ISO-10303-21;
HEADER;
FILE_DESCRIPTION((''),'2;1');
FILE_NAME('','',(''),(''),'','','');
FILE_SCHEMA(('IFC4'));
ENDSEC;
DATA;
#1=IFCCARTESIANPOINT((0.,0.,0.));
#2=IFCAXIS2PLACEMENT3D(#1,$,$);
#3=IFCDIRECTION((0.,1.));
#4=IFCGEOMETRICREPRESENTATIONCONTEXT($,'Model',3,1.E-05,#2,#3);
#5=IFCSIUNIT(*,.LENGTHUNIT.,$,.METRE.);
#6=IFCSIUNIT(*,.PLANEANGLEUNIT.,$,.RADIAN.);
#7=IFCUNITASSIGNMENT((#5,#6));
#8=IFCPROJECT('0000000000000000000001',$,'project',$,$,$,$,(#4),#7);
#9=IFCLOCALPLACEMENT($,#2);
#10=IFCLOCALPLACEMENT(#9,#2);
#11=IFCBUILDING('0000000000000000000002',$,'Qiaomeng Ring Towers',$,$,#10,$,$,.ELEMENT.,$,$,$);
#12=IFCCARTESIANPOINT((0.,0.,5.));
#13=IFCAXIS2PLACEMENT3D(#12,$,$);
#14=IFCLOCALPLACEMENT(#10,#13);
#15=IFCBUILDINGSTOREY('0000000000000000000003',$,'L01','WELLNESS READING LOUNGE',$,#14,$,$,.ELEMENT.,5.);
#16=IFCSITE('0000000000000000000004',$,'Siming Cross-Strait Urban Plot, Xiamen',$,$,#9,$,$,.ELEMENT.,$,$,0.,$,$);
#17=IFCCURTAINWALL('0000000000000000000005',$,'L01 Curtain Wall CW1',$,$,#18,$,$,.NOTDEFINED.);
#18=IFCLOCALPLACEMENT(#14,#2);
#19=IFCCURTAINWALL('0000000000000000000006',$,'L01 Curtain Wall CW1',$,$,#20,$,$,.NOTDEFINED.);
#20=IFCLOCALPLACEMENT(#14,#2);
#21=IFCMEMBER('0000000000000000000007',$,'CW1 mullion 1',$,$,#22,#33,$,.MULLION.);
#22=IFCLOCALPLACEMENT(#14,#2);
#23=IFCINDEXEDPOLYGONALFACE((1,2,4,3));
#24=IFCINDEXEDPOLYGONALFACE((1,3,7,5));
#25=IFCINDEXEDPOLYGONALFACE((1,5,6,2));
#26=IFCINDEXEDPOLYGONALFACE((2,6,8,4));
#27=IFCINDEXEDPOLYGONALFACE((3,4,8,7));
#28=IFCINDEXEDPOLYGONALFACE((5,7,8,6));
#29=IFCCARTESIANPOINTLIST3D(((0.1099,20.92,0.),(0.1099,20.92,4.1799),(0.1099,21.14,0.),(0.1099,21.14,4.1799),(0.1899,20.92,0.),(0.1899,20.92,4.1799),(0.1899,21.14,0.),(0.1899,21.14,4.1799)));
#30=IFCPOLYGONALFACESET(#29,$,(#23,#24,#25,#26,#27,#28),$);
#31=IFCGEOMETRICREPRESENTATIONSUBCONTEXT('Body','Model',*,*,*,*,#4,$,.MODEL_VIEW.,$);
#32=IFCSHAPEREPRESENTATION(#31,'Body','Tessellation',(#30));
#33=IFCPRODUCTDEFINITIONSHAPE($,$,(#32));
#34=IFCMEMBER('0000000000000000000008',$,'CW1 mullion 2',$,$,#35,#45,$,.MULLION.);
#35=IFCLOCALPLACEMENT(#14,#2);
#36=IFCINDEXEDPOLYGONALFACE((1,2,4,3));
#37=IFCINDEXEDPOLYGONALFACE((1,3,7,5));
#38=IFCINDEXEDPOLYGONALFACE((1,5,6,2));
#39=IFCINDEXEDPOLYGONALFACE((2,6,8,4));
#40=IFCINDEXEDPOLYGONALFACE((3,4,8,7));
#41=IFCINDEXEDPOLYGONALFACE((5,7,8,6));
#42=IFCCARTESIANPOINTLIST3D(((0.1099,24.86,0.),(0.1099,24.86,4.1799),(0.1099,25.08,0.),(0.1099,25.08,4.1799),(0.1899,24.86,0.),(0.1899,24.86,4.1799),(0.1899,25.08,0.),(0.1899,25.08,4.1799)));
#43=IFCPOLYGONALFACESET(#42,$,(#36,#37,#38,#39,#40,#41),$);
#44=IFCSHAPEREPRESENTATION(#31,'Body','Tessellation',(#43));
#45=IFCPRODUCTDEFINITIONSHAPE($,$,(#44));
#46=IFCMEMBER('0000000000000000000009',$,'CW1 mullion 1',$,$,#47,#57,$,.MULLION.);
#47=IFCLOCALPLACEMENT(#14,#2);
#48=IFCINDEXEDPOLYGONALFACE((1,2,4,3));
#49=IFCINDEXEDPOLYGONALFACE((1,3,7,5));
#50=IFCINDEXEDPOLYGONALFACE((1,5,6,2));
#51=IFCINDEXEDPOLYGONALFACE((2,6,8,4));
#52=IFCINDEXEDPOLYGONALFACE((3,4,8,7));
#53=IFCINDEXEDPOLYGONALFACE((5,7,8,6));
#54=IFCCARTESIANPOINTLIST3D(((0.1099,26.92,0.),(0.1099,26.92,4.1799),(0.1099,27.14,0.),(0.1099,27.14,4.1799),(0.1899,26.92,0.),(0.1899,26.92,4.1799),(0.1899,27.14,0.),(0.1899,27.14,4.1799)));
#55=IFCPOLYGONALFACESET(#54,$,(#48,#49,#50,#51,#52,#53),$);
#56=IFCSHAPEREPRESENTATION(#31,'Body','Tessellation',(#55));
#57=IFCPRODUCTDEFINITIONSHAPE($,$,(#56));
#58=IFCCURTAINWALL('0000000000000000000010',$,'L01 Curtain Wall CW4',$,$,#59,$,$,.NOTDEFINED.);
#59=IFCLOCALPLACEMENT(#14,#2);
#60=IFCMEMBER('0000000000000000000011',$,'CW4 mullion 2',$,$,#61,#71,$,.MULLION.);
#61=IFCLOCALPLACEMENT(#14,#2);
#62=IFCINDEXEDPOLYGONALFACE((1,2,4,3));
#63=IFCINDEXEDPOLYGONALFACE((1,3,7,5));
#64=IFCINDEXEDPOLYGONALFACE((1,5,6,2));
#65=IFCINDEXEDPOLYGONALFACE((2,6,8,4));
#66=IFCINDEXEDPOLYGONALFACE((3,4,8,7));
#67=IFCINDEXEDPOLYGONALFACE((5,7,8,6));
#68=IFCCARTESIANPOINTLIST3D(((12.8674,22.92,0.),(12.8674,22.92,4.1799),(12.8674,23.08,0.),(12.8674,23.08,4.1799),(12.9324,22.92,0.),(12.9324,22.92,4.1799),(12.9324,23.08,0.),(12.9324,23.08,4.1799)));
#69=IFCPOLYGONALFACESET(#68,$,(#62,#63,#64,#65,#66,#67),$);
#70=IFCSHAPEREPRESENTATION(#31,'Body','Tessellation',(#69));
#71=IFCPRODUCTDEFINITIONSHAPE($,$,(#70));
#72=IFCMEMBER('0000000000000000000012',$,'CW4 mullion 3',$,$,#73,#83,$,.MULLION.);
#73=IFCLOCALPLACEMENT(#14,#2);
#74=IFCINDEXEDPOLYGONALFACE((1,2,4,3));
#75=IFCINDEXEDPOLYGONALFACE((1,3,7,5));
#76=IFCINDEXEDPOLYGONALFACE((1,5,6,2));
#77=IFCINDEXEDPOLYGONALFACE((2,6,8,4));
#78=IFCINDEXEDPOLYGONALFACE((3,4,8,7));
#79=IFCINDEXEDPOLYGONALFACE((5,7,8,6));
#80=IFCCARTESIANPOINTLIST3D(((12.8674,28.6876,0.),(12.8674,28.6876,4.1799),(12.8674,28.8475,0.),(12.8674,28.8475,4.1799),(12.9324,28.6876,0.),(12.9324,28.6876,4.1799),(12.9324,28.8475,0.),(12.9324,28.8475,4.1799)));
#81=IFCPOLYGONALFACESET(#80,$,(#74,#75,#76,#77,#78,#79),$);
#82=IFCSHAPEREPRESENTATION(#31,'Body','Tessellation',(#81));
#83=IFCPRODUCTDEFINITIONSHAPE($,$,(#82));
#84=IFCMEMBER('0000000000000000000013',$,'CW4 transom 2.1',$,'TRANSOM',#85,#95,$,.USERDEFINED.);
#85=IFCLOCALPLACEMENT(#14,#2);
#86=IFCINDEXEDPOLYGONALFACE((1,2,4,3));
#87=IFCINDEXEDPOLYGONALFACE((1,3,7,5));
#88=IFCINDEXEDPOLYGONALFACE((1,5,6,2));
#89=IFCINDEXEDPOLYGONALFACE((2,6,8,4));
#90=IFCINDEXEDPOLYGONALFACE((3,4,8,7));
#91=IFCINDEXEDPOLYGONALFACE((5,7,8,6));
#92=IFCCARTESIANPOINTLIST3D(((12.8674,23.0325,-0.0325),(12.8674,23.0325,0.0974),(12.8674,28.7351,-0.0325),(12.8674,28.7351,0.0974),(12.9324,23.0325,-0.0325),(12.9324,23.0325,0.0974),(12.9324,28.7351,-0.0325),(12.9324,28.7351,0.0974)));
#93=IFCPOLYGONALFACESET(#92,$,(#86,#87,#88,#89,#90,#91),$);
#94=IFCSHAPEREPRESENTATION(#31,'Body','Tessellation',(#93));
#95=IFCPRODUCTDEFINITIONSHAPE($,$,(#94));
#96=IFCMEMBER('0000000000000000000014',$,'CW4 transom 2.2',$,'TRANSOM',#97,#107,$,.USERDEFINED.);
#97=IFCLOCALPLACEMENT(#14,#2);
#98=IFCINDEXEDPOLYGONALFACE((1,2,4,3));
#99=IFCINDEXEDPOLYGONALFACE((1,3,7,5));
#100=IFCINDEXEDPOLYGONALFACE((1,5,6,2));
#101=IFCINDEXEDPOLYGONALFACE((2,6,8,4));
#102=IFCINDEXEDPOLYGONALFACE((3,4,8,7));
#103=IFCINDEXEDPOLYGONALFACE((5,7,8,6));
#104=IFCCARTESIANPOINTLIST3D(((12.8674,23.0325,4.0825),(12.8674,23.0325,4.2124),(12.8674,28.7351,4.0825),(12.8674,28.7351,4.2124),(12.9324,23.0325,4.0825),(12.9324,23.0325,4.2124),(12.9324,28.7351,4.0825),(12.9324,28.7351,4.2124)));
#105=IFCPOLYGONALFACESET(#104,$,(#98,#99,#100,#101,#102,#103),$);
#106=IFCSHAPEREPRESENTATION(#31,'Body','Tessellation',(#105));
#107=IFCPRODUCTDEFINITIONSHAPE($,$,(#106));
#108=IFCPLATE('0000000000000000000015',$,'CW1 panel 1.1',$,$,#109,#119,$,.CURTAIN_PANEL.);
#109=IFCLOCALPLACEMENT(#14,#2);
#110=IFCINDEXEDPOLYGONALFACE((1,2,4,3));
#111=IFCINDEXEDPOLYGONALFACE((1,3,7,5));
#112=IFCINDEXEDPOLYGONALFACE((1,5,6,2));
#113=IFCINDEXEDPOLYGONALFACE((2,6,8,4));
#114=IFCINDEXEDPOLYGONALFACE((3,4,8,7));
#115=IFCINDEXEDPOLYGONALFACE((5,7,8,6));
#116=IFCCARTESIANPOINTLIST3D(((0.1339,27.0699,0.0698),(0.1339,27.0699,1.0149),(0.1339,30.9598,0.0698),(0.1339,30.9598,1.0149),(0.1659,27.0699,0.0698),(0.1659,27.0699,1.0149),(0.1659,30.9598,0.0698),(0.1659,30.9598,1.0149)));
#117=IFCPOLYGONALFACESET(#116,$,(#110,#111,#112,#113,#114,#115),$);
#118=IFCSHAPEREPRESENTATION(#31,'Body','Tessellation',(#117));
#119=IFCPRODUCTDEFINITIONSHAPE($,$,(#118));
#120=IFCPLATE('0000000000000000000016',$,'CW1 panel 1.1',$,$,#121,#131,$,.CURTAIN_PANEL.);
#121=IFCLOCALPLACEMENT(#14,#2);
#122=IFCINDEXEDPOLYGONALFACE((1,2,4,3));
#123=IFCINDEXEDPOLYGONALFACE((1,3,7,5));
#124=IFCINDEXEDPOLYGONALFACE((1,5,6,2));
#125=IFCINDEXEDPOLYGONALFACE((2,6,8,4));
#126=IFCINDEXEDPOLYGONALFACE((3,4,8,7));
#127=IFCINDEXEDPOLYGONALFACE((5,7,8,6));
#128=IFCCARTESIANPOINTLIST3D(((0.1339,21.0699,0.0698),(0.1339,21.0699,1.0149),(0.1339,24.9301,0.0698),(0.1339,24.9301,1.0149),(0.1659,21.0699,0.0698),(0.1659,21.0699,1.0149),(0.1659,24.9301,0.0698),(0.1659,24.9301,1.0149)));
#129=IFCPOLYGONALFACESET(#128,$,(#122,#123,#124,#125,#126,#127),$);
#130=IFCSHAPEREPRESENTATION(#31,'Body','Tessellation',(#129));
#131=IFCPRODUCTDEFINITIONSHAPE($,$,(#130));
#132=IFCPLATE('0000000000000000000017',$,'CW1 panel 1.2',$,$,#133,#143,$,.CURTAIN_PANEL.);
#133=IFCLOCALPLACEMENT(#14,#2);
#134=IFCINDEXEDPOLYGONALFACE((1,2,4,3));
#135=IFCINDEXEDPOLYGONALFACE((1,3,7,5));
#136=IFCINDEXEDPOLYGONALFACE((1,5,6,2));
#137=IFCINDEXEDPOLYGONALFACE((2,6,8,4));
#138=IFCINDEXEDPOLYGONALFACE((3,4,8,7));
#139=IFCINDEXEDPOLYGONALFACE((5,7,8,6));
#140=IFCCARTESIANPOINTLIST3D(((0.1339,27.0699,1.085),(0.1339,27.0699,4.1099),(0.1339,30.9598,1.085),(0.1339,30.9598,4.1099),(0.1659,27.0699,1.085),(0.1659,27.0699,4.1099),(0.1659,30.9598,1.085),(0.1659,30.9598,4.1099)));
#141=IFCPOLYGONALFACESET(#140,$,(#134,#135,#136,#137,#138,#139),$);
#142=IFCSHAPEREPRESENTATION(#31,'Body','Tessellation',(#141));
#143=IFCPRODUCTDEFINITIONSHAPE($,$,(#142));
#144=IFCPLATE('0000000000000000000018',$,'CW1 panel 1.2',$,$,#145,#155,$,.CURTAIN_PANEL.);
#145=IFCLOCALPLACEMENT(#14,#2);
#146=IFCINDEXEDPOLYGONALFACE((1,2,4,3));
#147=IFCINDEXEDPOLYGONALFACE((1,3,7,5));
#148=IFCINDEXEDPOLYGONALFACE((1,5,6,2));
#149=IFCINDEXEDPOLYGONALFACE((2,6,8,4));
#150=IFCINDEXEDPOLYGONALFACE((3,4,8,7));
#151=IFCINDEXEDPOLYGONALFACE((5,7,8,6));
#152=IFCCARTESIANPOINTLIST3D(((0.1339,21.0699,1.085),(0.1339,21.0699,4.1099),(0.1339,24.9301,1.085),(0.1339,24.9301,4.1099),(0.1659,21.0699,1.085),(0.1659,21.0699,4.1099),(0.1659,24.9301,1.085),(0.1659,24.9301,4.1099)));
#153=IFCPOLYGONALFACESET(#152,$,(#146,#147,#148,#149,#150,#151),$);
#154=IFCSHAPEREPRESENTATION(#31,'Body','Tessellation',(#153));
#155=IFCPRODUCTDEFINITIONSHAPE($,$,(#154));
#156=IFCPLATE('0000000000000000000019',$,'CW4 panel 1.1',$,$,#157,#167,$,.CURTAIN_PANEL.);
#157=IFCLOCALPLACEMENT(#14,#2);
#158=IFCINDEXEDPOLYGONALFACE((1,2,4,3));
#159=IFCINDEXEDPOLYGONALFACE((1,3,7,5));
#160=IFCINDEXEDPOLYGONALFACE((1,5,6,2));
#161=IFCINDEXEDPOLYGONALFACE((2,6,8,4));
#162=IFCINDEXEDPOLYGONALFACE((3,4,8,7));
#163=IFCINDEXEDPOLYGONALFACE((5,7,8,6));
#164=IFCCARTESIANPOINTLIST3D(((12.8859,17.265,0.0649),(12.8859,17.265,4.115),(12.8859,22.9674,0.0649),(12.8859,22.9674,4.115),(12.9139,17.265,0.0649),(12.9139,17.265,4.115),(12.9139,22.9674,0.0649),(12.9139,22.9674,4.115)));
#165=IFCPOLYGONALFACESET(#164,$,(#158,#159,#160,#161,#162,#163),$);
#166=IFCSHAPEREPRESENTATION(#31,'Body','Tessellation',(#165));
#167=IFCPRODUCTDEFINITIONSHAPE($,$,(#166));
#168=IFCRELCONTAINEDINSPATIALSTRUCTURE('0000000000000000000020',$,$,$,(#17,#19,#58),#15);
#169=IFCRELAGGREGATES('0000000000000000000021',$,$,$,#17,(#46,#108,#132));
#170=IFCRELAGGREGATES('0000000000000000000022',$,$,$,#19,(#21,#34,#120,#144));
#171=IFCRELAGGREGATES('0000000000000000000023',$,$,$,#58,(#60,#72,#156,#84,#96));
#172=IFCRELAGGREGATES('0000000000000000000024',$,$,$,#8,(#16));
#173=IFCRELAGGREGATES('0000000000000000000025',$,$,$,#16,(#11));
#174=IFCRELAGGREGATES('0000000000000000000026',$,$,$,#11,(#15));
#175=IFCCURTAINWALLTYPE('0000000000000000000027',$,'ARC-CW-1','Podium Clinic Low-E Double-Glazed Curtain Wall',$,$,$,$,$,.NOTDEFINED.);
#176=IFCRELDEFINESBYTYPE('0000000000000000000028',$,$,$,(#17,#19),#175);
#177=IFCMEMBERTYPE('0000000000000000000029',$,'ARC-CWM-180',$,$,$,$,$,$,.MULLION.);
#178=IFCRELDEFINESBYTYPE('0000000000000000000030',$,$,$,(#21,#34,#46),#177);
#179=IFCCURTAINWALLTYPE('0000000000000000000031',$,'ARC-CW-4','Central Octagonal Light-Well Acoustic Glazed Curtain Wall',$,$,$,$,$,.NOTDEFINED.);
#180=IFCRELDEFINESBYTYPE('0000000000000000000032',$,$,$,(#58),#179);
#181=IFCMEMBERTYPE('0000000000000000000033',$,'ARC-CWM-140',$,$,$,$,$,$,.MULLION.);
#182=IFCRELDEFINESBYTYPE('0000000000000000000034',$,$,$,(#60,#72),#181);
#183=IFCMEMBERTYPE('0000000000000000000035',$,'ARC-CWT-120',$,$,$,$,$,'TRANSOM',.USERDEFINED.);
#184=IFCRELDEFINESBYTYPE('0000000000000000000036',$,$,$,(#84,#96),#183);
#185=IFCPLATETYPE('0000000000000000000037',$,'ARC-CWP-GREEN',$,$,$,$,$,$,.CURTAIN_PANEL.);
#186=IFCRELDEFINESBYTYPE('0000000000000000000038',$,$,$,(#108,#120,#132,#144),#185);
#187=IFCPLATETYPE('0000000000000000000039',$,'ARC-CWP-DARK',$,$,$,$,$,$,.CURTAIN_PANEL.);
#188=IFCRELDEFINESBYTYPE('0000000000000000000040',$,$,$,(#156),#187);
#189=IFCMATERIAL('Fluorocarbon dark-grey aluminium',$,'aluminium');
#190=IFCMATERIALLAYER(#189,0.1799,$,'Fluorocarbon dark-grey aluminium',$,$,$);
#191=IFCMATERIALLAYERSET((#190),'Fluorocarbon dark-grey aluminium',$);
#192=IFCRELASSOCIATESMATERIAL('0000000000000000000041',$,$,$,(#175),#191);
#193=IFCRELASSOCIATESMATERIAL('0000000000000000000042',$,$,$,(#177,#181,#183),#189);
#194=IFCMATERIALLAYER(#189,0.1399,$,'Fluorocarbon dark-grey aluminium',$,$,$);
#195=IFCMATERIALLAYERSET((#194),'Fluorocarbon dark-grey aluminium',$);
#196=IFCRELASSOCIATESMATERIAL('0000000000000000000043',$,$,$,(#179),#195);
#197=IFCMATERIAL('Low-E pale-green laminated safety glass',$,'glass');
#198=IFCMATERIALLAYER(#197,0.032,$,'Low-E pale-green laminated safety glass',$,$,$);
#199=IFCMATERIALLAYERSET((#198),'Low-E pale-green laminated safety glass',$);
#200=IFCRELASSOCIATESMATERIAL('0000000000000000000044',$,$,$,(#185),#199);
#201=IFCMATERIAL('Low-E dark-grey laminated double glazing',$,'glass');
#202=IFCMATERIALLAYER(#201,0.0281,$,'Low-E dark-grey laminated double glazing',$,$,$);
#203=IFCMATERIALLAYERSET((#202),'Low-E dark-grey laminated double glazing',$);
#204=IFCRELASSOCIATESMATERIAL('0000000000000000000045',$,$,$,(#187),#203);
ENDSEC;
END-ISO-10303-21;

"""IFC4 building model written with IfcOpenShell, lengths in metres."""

from ifc_helpers import new_model, si_unit, direction, frame, origin, origin_2d, place, context, subcontext, project, spatial, rectangle, extrude, source, transform, mapped, material, layer, layer_set, material_profile, profile_set, type_object, element, aggregate, save


model = new_model("IFC4")

# Units and contexts
model_context = context("Model", 3, precision=1e-05, world=origin(), true_north=direction((0.0, 1.0)))
body_context = subcontext(model_context, "Body", "Model", "MODEL_VIEW")
ifc_project = project(units=[si_unit("LENGTHUNIT", "METRE"), si_unit("PLANEANGLEUNIT", "RADIAN")], contexts=[model_context])

# Site, building, storey
site_placement = place(None, origin())
site = spatial("IfcSite", under=ifc_project, at=site_placement, Name="Siming Cross-Strait Urban Plot, Xiamen", CompositionType="ELEMENT", RefElevation=0.0)
building_placement = place(site_placement, origin())
building = spatial("IfcBuilding", under=site, at=building_placement, Name="Qiaomeng Ring Towers", CompositionType="ELEMENT")
storey_placement = place(building_placement, frame((0.0, 0.0, 5.0)))
storey = spatial("IfcBuildingStorey", under=building, at=storey_placement, Name="L01", Description="WELLNESS READING LOUNGE", CompositionType="ELEMENT", Elevation=5.0)

# Curtain walls
ifc_material_1 = material(Name="Fluorocarbon dark-grey aluminium", Category="aluminium")
ifc_layer_1 = layer(ifc_material_1, 0.1799, Name="Fluorocarbon dark-grey aluminium")
ifc_layer_set_1 = layer_set([ifc_layer_1], Name="Fluorocarbon dark-grey aluminium")
curtain_wall_type_1 = type_object("IfcCurtainWallType", Name="ARC-CW-1", Description="Podium Clinic Low-E Double-Glazed Curtain Wall", PredefinedType="NOTDEFINED", material=ifc_layer_set_1)
curtain_wall_1_placement = place(storey_placement, origin())
curtain_wall_1 = element("IfcCurtainWall", 1, at=curtain_wall_1_placement, inside=storey, type_object=curtain_wall_type_1, Name="L01 Curtain Wall CW1", PredefinedType="NOTDEFINED")
curtain_wall_2_placement = place(storey_placement, origin())
curtain_wall_2 = element("IfcCurtainWall", 2, at=curtain_wall_2_placement, inside=storey, type_object=curtain_wall_type_1, Name="L01 Curtain Wall CW1", PredefinedType="NOTDEFINED")

# Shared definitions
ifc_material_profile_1 = material_profile(ifc_material_1, rectangle(XDim=0.0801, YDim=0.22, at=origin_2d()), Name="ALU MULL 80x220")
ifc_profile_set_1 = profile_set([ifc_material_profile_1], Name="Fluorocarbon dark-grey aluminium")
member_type_1 = type_object("IfcMemberType", Name="ARC-CWM-180", PredefinedType="MULLION", material=ifc_profile_set_1)
shared_shape_1 = source(origin(), body_context, "Body", "SweptSolid", [
    extrude(rectangle(XDim=0.0801, YDim=0.22, at=origin_2d()), origin(), (0.0, 0.0, 1.0), 4.1799),
])

# Members
member_1_placement = place(storey_placement, frame((0.1499, 21.03, 0.0), z_axis=(0.0, 0.0, 1.0), x_axis=(-1.0, 0.0, 0.0)))
member_1 = element("IfcMember", 3, at=member_1_placement, type_object=member_type_1, Name="CW1 mullion 1", PredefinedType="MULLION", context=body_context, shape_type="MappedRepresentation", body=[
    mapped(shared_shape_1, transform((0.0, 0.0, 0.0), x_axis=(1.0, 0.0, 0.0), y_axis=(0.0, 1.0, 0.0), z_axis=(0.0, 0.0, 1.0), scale=1.0)),
])
member_2_placement = place(storey_placement, frame((0.1499, 24.97, 0.0), z_axis=(0.0, 0.0, 1.0), x_axis=(-1.0, 0.0, 0.0)))
member_2 = element("IfcMember", 4, at=member_2_placement, type_object=member_type_1, Name="CW1 mullion 2", PredefinedType="MULLION", context=body_context, shape_type="MappedRepresentation", body=[
    mapped(shared_shape_1, transform((0.0, 0.0, 0.0), x_axis=(1.0, 0.0, 0.0), y_axis=(0.0, 1.0, 0.0), z_axis=(0.0, 0.0, 1.0), scale=1.0)),
])
member_3_placement = place(storey_placement, frame((0.1499, 27.03, 0.0), z_axis=(0.0, 0.0, 1.0), x_axis=(-1.0, 0.0, 0.0)))
member_3 = element("IfcMember", 5, at=member_3_placement, type_object=member_type_1, Name="CW1 mullion 1", PredefinedType="MULLION", context=body_context, shape_type="MappedRepresentation", body=[
    mapped(shared_shape_1, transform((0.0, 0.0, 0.0), x_axis=(1.0, 0.0, 0.0), y_axis=(0.0, 1.0, 0.0), z_axis=(0.0, 0.0, 1.0), scale=1.0)),
])

# Curtain wall, members
ifc_layer_2 = layer(ifc_material_1, 0.1399, Name="Fluorocarbon dark-grey aluminium")
ifc_layer_set_2 = layer_set([ifc_layer_2], Name="Fluorocarbon dark-grey aluminium")
curtain_wall_type_2 = type_object("IfcCurtainWallType", Name="ARC-CW-4", Description="Central Octagonal Light-Well Acoustic Glazed Curtain Wall", PredefinedType="NOTDEFINED", material=ifc_layer_set_2)
curtain_wall_3_placement = place(storey_placement, origin())
curtain_wall_3 = element("IfcCurtainWall", 6, at=curtain_wall_3_placement, inside=storey, type_object=curtain_wall_type_2, Name="L01 Curtain Wall CW4", PredefinedType="NOTDEFINED")
ifc_material_profile_2 = material_profile(ifc_material_1, rectangle(XDim=0.0649, YDim=0.1599, at=origin_2d()), Name="ALU MULL 65x160")
ifc_profile_set_2 = profile_set([ifc_material_profile_2], Name="Fluorocarbon dark-grey aluminium")
member_type_2 = type_object("IfcMemberType", Name="ARC-CWM-140", PredefinedType="MULLION", material=ifc_profile_set_2)
shared_shape_2 = source(origin(), body_context, "Body", "SweptSolid", [
    extrude(rectangle(XDim=0.0649, YDim=0.1599, at=origin_2d()), origin(), (0.0, 0.0, 1.0), 4.1799),
])
member_4_placement = place(storey_placement, frame((12.8999, 23.0, 0.0), z_axis=(0.0, 0.0, 1.0), x_axis=(-1.0, 0.0, 0.0)))
member_4 = element("IfcMember", 7, at=member_4_placement, type_object=member_type_2, Name="CW4 mullion 2", PredefinedType="MULLION", context=body_context, shape_type="MappedRepresentation", body=[
    mapped(shared_shape_2, transform((0.0, 0.0, 0.0), x_axis=(1.0, 0.0, 0.0), y_axis=(0.0, 1.0, 0.0), z_axis=(0.0, 0.0, 1.0), scale=1.0)),
])
member_5_placement = place(storey_placement, frame((12.8999, 28.7676, 0.0), z_axis=(0.0, 0.0, 1.0), x_axis=(-1.0, 0.0, 0.0)))
member_5 = element("IfcMember", 8, at=member_5_placement, type_object=member_type_2, Name="CW4 mullion 3", PredefinedType="MULLION", context=body_context, shape_type="MappedRepresentation", body=[
    mapped(shared_shape_2, transform((0.0, 0.0, 0.0), x_axis=(1.0, 0.0, 0.0), y_axis=(0.0, 1.0, 0.0), z_axis=(0.0, 0.0, 1.0), scale=1.0)),
])
ifc_material_profile_3 = material_profile(ifc_material_1, rectangle(XDim=0.0649, YDim=0.1299, at=origin_2d()), Name="ALU TRAN 65x130")
ifc_profile_set_3 = profile_set([ifc_material_profile_3], Name="Fluorocarbon dark-grey aluminium")
member_type_3 = type_object("IfcMemberType", Name="ARC-CWT-120", ElementType="TRANSOM", PredefinedType="USERDEFINED", material=ifc_profile_set_3)
shared_shape_3 = source(origin(), body_context, "Body", "SweptSolid", [
    extrude(rectangle(XDim=0.0649, YDim=0.1299, at=origin_2d()), origin(), (0.0, 0.0, 1.0), 5.7026),
])
member_6_placement = place(storey_placement, frame((12.8999, 23.0325, 0.0325), z_axis=(0.0, 1.0, 0.0), x_axis=(-1.0, 0.0, 0.0)))
member_6 = element("IfcMember", 9, at=member_6_placement, type_object=member_type_3, Name="CW4 transom 2.1", ObjectType="TRANSOM", PredefinedType="USERDEFINED", context=body_context, shape_type="MappedRepresentation", body=[
    mapped(shared_shape_3, transform((0.0, 0.0, 0.0), x_axis=(1.0, 0.0, 0.0), y_axis=(0.0, 1.0, 0.0), z_axis=(0.0, 0.0, 1.0), scale=1.0)),
])
member_7_placement = place(storey_placement, frame((12.8999, 23.0325, 4.1475), z_axis=(0.0, 1.0, 0.0), x_axis=(-1.0, 0.0, 0.0)))
member_7 = element("IfcMember", 10, at=member_7_placement, type_object=member_type_3, Name="CW4 transom 2.2", ObjectType="TRANSOM", PredefinedType="USERDEFINED", context=body_context, shape_type="MappedRepresentation", body=[
    mapped(shared_shape_3, transform((0.0, 0.0, 0.0), x_axis=(1.0, 0.0, 0.0), y_axis=(0.0, 1.0, 0.0), z_axis=(0.0, 0.0, 1.0), scale=1.0)),
])

# Plates
ifc_material_2 = material(Name="Low-E pale-green laminated safety glass", Category="glass")
ifc_layer_3 = layer(ifc_material_2, 0.032, Name="Low-E pale-green laminated safety glass")
ifc_layer_set_3 = layer_set([ifc_layer_3], Name="Low-E pale-green laminated safety glass")
plate_type_1 = type_object("IfcPlateType", Name="ARC-CWP-GREEN", PredefinedType="CURTAIN_PANEL", material=ifc_layer_set_3)
shared_shape_4 = source(origin(), body_context, "Body", "SweptSolid", [
    extrude(rectangle(XDim=3.8899, YDim=0.032, at=origin_2d()), origin(), (0.0, 0.0, 1.0), 0.9451),
])
plate_1_placement = place(storey_placement, frame((0.1499, 29.0149, 0.0698), z_axis=(0.0, 0.0, 1.0), x_axis=(0.0, 1.0, 0.0)))
plate_1 = element("IfcPlate", 11, at=plate_1_placement, type_object=plate_type_1, Name="CW1 panel 1.1", PredefinedType="CURTAIN_PANEL", context=body_context, shape_type="MappedRepresentation", body=[
    mapped(shared_shape_4, transform((0.0, 0.0, 0.0), x_axis=(1.0, 0.0, 0.0), y_axis=(0.0, 1.0, 0.0), z_axis=(0.0, 0.0, 1.0), scale=1.0)),
])
shared_shape_5 = source(origin(), body_context, "Body", "SweptSolid", [
    extrude(rectangle(XDim=3.8601, YDim=0.032, at=origin_2d()), origin(), (0.0, 0.0, 1.0), 0.9451),
])
plate_2_placement = place(storey_placement, frame((0.1499, 23.0, 0.0698), z_axis=(0.0, 0.0, 1.0), x_axis=(0.0, 1.0, 0.0)))
plate_2 = element("IfcPlate", 12, at=plate_2_placement, type_object=plate_type_1, Name="CW1 panel 1.1", PredefinedType="CURTAIN_PANEL", context=body_context, shape_type="MappedRepresentation", body=[
    mapped(shared_shape_5, transform((0.0, 0.0, 0.0), x_axis=(1.0, 0.0, 0.0), y_axis=(0.0, 1.0, 0.0), z_axis=(0.0, 0.0, 1.0), scale=1.0)),
])
shared_shape_6 = source(origin(), body_context, "Body", "SweptSolid", [
    extrude(rectangle(XDim=3.8899, YDim=0.032, at=origin_2d()), origin(), (0.0, 0.0, 1.0), 3.0249),
])
plate_3_placement = place(storey_placement, frame((0.1499, 29.0149, 1.085), z_axis=(0.0, 0.0, 1.0), x_axis=(0.0, 1.0, 0.0)))
plate_3 = element("IfcPlate", 13, at=plate_3_placement, type_object=plate_type_1, Name="CW1 panel 1.2", PredefinedType="CURTAIN_PANEL", context=body_context, shape_type="MappedRepresentation", body=[
    mapped(shared_shape_6, transform((0.0, 0.0, 0.0), x_axis=(1.0, 0.0, 0.0), y_axis=(0.0, 1.0, 0.0), z_axis=(0.0, 0.0, 1.0), scale=1.0)),
])
aggregate(curtain_wall_1, [member_3, plate_1, plate_3])
shared_shape_7 = source(origin(), body_context, "Body", "SweptSolid", [
    extrude(rectangle(XDim=3.8601, YDim=0.032, at=origin_2d()), origin(), (0.0, 0.0, 1.0), 3.0249),
])
plate_4_placement = place(storey_placement, frame((0.1499, 23.0, 1.085), z_axis=(0.0, 0.0, 1.0), x_axis=(0.0, 1.0, 0.0)))
plate_4 = element("IfcPlate", 14, at=plate_4_placement, type_object=plate_type_1, Name="CW1 panel 1.2", PredefinedType="CURTAIN_PANEL", context=body_context, shape_type="MappedRepresentation", body=[
    mapped(shared_shape_7, transform((0.0, 0.0, 0.0), x_axis=(1.0, 0.0, 0.0), y_axis=(0.0, 1.0, 0.0), z_axis=(0.0, 0.0, 1.0), scale=1.0)),
])
aggregate(curtain_wall_2, [member_1, member_2, plate_2, plate_4])
ifc_material_3 = material(Name="Low-E dark-grey laminated double glazing", Category="glass")
ifc_layer_4 = layer(ifc_material_3, 0.0281, Name="Low-E dark-grey laminated double glazing")
ifc_layer_set_4 = layer_set([ifc_layer_4], Name="Low-E dark-grey laminated double glazing")
plate_type_2 = type_object("IfcPlateType", Name="ARC-CWP-DARK", PredefinedType="CURTAIN_PANEL", material=ifc_layer_set_4)
shared_shape_8 = source(origin(), body_context, "Body", "SweptSolid", [
    extrude(rectangle(XDim=5.7024, YDim=0.0281, at=origin_2d()), origin(), (0.0, 0.0, 1.0), 4.05),
])
plate_5_placement = place(storey_placement, frame((12.8999, 20.1162, 0.0649), z_axis=(0.0, 0.0, 1.0), x_axis=(0.0, 1.0, 0.0)))
plate_5 = element("IfcPlate", 15, at=plate_5_placement, type_object=plate_type_2, Name="CW4 panel 1.1", PredefinedType="CURTAIN_PANEL", context=body_context, shape_type="MappedRepresentation", body=[
    mapped(shared_shape_8, transform((0.0, 0.0, 0.0), x_axis=(1.0, 0.0, 0.0), y_axis=(0.0, 1.0, 0.0), z_axis=(0.0, 0.0, 1.0), scale=1.0)),
])
aggregate(curtain_wall_3, [member_4, member_5, plate_5, member_6, member_7])

save(model, "model.ifc")
